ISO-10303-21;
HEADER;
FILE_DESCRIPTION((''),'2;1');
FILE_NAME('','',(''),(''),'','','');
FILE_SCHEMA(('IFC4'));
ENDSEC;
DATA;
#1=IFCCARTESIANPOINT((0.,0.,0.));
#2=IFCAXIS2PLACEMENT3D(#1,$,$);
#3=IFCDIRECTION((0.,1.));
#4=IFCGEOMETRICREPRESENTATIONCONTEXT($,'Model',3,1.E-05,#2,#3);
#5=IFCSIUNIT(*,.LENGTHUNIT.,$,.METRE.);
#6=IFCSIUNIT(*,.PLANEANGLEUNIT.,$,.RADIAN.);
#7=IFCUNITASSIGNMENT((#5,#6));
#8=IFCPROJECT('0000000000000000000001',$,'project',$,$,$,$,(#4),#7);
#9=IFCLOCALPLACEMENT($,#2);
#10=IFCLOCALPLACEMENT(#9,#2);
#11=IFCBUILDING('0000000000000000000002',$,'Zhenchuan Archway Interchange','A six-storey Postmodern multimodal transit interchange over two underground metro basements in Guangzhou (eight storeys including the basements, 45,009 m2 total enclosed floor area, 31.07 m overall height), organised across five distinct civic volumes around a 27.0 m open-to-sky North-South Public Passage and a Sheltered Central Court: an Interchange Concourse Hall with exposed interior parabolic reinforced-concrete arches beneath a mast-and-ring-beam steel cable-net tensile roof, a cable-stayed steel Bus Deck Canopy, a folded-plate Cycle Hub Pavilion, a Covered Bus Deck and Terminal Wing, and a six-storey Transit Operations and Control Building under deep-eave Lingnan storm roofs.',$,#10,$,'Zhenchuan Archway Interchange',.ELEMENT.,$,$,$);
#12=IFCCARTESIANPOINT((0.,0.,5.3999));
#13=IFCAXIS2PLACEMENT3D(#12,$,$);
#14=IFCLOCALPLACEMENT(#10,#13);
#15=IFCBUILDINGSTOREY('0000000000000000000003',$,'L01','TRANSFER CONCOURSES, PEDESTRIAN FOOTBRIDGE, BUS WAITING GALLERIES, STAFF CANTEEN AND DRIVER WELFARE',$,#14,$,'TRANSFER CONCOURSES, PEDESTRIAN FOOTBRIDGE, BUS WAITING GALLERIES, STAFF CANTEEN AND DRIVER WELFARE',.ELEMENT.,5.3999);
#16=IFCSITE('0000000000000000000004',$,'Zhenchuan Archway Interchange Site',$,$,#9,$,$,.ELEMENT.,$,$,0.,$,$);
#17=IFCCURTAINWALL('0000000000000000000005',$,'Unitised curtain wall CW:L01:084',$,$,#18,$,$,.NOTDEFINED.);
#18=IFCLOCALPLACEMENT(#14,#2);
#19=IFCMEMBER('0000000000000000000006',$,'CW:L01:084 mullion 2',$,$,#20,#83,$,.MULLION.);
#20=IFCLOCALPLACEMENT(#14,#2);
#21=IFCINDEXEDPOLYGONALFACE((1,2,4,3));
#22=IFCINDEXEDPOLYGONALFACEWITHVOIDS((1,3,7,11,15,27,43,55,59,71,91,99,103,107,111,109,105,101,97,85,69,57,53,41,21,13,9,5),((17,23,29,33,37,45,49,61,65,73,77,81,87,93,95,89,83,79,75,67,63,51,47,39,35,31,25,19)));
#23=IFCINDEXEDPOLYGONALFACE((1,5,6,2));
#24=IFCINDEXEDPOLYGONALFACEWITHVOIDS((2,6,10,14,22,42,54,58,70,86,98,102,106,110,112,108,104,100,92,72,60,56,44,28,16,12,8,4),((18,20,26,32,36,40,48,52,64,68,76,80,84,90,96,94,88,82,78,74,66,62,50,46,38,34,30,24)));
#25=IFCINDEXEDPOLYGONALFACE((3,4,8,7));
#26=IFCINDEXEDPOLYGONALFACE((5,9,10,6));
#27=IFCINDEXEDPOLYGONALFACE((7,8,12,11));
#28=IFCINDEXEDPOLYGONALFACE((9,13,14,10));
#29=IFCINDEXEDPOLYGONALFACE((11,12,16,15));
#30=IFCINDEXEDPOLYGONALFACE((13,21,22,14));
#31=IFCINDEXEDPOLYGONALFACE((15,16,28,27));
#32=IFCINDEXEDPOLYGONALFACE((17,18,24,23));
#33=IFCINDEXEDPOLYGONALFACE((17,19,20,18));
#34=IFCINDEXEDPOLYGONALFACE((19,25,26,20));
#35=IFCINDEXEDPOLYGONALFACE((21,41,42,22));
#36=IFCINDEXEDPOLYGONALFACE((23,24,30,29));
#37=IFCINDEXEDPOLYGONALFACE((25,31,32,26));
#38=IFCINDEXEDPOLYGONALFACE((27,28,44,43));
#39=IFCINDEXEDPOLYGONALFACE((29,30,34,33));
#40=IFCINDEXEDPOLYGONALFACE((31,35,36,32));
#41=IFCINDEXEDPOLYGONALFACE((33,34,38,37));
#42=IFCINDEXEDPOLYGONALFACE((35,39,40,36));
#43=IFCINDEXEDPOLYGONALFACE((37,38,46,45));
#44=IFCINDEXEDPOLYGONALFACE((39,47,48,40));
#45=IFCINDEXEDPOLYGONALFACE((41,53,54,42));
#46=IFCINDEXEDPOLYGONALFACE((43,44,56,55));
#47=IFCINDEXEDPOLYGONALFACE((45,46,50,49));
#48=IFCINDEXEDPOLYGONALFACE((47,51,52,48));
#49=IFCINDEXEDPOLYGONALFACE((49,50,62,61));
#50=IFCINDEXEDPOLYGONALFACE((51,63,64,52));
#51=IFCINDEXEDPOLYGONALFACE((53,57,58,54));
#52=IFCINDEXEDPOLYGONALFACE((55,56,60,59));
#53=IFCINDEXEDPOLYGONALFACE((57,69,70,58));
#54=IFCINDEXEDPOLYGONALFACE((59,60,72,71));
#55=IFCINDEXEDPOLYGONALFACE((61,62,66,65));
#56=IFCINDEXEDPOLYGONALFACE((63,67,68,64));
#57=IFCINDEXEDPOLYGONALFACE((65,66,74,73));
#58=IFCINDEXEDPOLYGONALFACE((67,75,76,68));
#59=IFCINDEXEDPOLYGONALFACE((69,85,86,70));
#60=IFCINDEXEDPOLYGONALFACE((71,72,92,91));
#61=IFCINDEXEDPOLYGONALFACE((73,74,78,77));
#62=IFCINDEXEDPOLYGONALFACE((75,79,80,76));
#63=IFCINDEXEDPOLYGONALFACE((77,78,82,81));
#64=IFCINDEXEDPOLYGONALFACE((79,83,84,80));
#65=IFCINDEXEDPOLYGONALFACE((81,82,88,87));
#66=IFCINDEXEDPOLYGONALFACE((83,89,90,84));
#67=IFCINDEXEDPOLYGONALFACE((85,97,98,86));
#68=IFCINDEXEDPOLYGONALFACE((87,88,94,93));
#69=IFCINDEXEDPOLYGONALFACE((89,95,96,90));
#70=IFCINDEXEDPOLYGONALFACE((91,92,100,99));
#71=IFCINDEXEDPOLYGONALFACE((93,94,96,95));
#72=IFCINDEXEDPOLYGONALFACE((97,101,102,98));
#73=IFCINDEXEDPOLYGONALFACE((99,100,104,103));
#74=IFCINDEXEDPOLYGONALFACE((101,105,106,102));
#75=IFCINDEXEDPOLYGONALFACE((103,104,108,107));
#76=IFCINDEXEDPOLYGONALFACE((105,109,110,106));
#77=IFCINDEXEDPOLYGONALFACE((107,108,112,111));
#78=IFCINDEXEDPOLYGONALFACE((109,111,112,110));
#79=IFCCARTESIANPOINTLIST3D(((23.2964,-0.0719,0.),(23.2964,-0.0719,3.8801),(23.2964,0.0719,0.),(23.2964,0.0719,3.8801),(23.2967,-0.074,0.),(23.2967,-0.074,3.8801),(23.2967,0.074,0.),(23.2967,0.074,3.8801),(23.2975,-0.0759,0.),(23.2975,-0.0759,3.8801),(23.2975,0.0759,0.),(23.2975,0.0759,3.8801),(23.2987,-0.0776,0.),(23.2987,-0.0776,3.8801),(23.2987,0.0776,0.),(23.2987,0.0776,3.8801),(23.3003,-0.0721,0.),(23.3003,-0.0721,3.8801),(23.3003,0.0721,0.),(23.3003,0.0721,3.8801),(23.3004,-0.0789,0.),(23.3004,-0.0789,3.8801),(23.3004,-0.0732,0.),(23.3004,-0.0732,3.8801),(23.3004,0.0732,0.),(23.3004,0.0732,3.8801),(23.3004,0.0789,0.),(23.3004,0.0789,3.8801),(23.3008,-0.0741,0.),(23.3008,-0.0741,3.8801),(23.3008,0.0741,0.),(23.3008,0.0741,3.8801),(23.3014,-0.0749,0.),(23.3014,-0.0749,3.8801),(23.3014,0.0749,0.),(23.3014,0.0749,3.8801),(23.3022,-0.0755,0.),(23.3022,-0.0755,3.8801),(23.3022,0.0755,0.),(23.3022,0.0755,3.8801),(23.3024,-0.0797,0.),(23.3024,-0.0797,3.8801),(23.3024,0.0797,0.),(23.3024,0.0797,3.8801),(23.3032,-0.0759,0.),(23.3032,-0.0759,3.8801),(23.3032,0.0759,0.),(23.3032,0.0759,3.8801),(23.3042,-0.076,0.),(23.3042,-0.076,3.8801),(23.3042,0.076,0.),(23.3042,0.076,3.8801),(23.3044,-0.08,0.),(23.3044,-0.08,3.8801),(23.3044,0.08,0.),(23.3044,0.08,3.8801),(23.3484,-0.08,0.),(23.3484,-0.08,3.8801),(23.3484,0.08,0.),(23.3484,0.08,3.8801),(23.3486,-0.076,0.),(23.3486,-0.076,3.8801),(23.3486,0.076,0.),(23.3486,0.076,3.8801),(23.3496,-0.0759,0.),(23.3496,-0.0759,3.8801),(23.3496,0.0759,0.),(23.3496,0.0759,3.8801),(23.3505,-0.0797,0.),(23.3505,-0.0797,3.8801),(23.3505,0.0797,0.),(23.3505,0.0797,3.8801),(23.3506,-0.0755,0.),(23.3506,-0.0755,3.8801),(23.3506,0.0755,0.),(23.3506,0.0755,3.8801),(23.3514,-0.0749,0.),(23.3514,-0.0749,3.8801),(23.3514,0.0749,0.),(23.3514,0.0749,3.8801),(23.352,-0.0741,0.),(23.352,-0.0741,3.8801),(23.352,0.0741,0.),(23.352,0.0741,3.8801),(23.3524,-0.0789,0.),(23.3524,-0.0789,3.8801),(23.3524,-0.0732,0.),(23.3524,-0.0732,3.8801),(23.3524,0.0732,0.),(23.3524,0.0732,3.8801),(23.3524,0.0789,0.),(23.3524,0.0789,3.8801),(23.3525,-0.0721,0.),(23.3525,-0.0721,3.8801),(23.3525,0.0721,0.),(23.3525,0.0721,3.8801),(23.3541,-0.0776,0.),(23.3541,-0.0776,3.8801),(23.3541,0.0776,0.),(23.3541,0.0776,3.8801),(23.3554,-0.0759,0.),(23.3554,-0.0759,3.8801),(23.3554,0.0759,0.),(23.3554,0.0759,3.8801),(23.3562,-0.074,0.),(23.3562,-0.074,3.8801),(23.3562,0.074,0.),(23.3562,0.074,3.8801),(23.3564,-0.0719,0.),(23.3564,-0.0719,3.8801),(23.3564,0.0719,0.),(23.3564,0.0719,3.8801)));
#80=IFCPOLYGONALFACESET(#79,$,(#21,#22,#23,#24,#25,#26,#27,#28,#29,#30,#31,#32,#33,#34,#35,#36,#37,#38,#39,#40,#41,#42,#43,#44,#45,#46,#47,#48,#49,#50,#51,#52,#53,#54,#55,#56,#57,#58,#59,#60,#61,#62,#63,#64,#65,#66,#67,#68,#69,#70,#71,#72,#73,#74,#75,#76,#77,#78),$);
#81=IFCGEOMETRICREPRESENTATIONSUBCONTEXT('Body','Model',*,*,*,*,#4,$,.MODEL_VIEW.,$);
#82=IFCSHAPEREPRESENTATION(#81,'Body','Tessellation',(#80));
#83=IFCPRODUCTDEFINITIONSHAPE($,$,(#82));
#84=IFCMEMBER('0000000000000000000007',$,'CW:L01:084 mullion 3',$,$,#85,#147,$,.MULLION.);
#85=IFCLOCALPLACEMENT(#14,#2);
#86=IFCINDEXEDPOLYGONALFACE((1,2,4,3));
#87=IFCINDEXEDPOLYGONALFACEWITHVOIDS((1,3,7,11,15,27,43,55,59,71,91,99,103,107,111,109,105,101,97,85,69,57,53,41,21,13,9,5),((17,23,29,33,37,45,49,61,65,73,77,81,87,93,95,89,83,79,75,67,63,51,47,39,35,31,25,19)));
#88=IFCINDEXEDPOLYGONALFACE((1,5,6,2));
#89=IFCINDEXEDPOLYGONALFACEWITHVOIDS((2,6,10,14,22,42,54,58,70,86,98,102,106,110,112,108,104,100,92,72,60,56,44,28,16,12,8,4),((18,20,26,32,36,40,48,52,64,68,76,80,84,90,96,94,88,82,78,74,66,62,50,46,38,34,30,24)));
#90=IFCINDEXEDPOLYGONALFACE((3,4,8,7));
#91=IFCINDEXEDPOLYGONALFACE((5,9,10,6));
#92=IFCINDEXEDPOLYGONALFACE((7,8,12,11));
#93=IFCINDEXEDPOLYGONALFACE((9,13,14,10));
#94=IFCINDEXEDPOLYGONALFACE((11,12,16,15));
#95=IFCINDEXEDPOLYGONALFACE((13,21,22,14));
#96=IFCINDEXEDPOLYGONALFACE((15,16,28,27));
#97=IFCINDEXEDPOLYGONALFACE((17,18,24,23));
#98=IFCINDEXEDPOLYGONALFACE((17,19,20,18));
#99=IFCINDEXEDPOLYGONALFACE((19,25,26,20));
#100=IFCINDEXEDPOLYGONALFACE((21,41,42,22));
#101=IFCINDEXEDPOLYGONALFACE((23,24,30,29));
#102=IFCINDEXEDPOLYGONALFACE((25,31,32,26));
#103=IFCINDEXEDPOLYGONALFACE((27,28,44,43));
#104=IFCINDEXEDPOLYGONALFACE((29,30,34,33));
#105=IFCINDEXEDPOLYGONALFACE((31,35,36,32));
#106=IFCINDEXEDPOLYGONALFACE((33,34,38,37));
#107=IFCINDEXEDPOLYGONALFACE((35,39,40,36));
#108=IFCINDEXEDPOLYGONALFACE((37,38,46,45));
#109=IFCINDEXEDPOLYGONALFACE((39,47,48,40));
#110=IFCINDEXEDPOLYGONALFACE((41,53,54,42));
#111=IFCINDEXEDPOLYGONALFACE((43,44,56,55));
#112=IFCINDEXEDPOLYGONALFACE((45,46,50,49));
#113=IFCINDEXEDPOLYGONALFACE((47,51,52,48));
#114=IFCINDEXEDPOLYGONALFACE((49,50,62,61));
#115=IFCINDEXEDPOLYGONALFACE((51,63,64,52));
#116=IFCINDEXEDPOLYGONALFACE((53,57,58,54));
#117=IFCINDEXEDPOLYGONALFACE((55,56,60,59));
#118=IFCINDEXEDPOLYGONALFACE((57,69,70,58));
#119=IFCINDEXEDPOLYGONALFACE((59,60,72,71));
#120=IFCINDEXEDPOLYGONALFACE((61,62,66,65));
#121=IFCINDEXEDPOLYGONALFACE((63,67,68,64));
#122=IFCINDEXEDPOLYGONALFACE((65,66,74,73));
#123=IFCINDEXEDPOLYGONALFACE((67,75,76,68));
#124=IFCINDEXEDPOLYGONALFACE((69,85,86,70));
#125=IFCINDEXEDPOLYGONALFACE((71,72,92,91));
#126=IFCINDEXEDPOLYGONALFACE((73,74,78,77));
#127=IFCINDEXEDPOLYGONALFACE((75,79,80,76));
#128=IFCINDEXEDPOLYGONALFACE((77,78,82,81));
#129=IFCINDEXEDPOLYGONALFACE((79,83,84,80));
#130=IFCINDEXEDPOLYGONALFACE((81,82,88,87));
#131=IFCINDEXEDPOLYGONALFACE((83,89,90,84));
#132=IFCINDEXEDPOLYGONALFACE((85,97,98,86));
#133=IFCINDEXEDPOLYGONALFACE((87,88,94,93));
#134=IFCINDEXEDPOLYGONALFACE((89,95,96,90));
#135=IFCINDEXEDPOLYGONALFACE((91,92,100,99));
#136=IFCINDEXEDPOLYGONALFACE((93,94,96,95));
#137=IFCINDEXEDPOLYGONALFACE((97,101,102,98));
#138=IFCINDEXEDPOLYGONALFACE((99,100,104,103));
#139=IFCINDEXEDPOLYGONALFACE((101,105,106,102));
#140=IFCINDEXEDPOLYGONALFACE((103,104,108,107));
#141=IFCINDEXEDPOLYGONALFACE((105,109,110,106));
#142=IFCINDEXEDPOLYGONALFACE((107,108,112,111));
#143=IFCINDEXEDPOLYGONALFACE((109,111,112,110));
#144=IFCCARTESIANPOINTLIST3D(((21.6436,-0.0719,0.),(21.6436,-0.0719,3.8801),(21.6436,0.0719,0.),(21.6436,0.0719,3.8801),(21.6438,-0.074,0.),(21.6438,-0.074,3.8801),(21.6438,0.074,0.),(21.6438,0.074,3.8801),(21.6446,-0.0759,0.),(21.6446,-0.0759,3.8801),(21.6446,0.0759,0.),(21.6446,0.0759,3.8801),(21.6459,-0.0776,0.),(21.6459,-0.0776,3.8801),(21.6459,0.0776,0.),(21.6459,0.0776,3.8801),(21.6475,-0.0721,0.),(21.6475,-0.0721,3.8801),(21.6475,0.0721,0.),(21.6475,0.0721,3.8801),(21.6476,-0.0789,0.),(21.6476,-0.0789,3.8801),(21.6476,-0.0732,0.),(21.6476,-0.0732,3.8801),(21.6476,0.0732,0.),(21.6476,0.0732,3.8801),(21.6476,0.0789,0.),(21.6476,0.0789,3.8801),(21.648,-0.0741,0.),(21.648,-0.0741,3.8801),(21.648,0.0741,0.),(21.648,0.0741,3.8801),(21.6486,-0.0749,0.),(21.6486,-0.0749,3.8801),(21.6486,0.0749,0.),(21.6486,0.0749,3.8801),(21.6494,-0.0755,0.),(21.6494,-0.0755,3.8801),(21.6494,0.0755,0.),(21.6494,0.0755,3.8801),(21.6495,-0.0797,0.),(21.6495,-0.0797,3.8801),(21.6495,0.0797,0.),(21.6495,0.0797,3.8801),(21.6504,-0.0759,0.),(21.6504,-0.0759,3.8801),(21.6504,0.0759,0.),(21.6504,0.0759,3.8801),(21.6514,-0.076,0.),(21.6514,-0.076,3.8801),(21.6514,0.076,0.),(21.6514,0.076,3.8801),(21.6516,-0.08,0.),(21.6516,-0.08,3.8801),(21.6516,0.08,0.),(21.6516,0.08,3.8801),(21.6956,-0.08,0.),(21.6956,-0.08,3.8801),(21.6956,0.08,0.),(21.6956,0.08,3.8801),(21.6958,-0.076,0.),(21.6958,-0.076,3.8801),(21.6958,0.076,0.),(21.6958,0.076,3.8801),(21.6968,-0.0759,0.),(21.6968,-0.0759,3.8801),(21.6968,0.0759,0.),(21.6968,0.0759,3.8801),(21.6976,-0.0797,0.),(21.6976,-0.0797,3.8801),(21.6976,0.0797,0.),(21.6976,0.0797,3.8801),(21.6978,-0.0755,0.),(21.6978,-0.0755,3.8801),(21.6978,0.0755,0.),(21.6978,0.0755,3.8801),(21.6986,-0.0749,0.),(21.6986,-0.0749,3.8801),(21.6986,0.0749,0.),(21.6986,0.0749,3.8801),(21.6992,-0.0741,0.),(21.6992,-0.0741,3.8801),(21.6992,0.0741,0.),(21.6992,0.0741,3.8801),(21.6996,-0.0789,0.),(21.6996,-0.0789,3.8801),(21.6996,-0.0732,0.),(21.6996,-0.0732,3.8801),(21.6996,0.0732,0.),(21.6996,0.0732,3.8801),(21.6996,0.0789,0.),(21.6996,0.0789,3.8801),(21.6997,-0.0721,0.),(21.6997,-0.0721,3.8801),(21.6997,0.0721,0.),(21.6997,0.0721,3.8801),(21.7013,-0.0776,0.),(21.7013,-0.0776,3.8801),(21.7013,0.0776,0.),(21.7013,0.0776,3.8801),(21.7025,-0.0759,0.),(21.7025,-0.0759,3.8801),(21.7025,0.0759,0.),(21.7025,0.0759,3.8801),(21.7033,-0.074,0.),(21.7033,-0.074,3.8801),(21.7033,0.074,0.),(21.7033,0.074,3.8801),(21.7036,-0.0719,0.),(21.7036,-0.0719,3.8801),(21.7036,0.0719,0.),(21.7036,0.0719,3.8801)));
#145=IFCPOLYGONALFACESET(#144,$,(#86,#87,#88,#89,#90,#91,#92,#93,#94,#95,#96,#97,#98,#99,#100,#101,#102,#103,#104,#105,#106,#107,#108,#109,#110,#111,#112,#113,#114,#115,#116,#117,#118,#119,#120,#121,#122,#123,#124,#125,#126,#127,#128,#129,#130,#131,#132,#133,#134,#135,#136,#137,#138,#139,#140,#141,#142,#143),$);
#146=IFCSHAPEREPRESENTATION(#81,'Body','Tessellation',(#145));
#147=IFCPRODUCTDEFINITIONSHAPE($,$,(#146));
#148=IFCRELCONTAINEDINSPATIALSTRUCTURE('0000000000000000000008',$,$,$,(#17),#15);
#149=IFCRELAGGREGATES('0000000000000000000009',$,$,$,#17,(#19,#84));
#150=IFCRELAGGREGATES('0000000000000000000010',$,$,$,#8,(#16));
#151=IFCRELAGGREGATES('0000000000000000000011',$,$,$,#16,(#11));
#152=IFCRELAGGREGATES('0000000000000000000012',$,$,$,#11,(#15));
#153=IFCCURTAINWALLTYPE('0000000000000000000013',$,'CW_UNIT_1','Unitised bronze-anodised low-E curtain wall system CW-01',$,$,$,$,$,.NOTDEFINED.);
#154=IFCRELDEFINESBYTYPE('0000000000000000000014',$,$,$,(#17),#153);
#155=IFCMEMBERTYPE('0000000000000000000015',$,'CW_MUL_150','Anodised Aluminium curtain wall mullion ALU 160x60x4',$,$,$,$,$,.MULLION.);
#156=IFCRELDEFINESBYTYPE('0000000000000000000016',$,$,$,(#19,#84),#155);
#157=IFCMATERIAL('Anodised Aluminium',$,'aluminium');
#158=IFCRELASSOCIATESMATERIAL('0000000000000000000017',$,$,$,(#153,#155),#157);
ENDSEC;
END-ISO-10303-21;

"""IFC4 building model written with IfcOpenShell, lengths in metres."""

from ifc_helpers import new_model, si_unit, direction, frame, origin, origin_2d, place, context, subcontext, project, spatial, hollow_rectangle, extrude, material, material_profile, profile_set, type_object, element, aggregate, save


model = new_model("IFC4")

# Units and contexts
model_context = context("Model", 3, precision=1e-05, world=origin(), true_north=direction((0.0, 1.0)))
body_context = subcontext(model_context, "Body", "Model", "MODEL_VIEW")
ifc_project = project(units=[si_unit("LENGTHUNIT", "METRE"), si_unit("PLANEANGLEUNIT", "RADIAN")], contexts=[model_context])

# Site, building, storey
site_placement = place(None, origin())
site = spatial("IfcSite", under=ifc_project, at=site_placement, Name="Zhenchuan Archway Interchange Site", CompositionType="ELEMENT", RefElevation=0.0)
building_placement = place(site_placement, origin())
building = spatial("IfcBuilding", under=site, at=building_placement, Name="Zhenchuan Archway Interchange", Description="A six-storey Postmodern multimodal transit interchange over two underground metro basements in Guangzhou (eight storeys including the basements, 45,009 m2 total enclosed floor area, 31.07 m overall height), organised across five distinct civic volumes around a 27.0 m open-to-sky North-South Public Passage and a Sheltered Central Court: an Interchange Concourse Hall with exposed interior parabolic reinforced-concrete arches beneath a mast-and-ring-beam steel cable-net tensile roof, a cable-stayed steel Bus Deck Canopy, a folded-plate Cycle Hub Pavilion, a Covered Bus Deck and Terminal Wing, and a six-storey Transit Operations and Control Building under deep-eave Lingnan storm roofs.", LongName="Zhenchuan Archway Interchange", CompositionType="ELEMENT")
storey_placement = place(building_placement, frame((0.0, 0.0, 5.3999)))
storey = spatial("IfcBuildingStorey", under=building, at=storey_placement, Name="L01", Description="TRANSFER CONCOURSES, PEDESTRIAN FOOTBRIDGE, BUS WAITING GALLERIES, STAFF CANTEEN AND DRIVER WELFARE", LongName="TRANSFER CONCOURSES, PEDESTRIAN FOOTBRIDGE, BUS WAITING GALLERIES, STAFF CANTEEN AND DRIVER WELFARE", CompositionType="ELEMENT", Elevation=5.3999)

# Curtain wall, members
ifc_material_1 = material(Name="Anodised Aluminium", Category="aluminium")
curtain_wall_type = type_object("IfcCurtainWallType", Name="CW_UNIT_1", Description="Unitised bronze-anodised low-E curtain wall system CW-01", PredefinedType="NOTDEFINED", material=ifc_material_1)
curtain_wall_placement = place(storey_placement, origin())
curtain_wall = element("IfcCurtainWall", 1, at=curtain_wall_placement, inside=storey, type_object=curtain_wall_type, Name="Unitised curtain wall CW:L01:084", PredefinedType="NOTDEFINED")
ifc_material_profile_1 = material_profile(ifc_material_1, hollow_rectangle(XDim=0.0601, YDim=0.1599, WallThickness=0.0039, InnerFilletRadius=0.0039, OuterFilletRadius=0.0081, at=origin_2d()), Name="ALU 160x60x4")
ifc_profile_set_1 = profile_set([ifc_material_profile_1], Name="Anodised Aluminium")
member_type_1 = type_object("IfcMemberType", Name="CW_MUL_150", Description="Anodised Aluminium curtain wall mullion ALU 160x60x4", PredefinedType="MULLION", material=ifc_profile_set_1)
member_1_placement = place(storey_placement, frame((23.3264, 0.0, 0.0), z_axis=(0.0, 0.0, 1.0), x_axis=(1.0, 0.0, 0.0)))
member_1 = element("IfcMember", 2, at=member_1_placement, type_object=member_type_1, Name="CW:L01:084 mullion 2", PredefinedType="MULLION", context=body_context, shape_type="SweptSolid", body=[
    extrude(hollow_rectangle(XDim=0.0601, YDim=0.1599, WallThickness=0.0039, InnerFilletRadius=0.0039, OuterFilletRadius=0.0081, at=origin_2d()), origin(), (0.0, 0.0, 1.0), 3.8801),
])
member_2_placement = place(storey_placement, frame((21.6736, 0.0, 0.0), z_axis=(0.0, 0.0, 1.0), x_axis=(1.0, 0.0, 0.0)))
member_2 = element("IfcMember", 3, at=member_2_placement, type_object=member_type_1, Name="CW:L01:084 mullion 3", PredefinedType="MULLION", context=body_context, shape_type="SweptSolid", body=[
    extrude(hollow_rectangle(XDim=0.0601, YDim=0.1599, WallThickness=0.0039, InnerFilletRadius=0.0039, OuterFilletRadius=0.0081, at=origin_2d()), origin(), (0.0, 0.0, 1.0), 3.8801),
])

aggregate(curtain_wall, [member_1, member_2])

save(model, "model.ifc")
